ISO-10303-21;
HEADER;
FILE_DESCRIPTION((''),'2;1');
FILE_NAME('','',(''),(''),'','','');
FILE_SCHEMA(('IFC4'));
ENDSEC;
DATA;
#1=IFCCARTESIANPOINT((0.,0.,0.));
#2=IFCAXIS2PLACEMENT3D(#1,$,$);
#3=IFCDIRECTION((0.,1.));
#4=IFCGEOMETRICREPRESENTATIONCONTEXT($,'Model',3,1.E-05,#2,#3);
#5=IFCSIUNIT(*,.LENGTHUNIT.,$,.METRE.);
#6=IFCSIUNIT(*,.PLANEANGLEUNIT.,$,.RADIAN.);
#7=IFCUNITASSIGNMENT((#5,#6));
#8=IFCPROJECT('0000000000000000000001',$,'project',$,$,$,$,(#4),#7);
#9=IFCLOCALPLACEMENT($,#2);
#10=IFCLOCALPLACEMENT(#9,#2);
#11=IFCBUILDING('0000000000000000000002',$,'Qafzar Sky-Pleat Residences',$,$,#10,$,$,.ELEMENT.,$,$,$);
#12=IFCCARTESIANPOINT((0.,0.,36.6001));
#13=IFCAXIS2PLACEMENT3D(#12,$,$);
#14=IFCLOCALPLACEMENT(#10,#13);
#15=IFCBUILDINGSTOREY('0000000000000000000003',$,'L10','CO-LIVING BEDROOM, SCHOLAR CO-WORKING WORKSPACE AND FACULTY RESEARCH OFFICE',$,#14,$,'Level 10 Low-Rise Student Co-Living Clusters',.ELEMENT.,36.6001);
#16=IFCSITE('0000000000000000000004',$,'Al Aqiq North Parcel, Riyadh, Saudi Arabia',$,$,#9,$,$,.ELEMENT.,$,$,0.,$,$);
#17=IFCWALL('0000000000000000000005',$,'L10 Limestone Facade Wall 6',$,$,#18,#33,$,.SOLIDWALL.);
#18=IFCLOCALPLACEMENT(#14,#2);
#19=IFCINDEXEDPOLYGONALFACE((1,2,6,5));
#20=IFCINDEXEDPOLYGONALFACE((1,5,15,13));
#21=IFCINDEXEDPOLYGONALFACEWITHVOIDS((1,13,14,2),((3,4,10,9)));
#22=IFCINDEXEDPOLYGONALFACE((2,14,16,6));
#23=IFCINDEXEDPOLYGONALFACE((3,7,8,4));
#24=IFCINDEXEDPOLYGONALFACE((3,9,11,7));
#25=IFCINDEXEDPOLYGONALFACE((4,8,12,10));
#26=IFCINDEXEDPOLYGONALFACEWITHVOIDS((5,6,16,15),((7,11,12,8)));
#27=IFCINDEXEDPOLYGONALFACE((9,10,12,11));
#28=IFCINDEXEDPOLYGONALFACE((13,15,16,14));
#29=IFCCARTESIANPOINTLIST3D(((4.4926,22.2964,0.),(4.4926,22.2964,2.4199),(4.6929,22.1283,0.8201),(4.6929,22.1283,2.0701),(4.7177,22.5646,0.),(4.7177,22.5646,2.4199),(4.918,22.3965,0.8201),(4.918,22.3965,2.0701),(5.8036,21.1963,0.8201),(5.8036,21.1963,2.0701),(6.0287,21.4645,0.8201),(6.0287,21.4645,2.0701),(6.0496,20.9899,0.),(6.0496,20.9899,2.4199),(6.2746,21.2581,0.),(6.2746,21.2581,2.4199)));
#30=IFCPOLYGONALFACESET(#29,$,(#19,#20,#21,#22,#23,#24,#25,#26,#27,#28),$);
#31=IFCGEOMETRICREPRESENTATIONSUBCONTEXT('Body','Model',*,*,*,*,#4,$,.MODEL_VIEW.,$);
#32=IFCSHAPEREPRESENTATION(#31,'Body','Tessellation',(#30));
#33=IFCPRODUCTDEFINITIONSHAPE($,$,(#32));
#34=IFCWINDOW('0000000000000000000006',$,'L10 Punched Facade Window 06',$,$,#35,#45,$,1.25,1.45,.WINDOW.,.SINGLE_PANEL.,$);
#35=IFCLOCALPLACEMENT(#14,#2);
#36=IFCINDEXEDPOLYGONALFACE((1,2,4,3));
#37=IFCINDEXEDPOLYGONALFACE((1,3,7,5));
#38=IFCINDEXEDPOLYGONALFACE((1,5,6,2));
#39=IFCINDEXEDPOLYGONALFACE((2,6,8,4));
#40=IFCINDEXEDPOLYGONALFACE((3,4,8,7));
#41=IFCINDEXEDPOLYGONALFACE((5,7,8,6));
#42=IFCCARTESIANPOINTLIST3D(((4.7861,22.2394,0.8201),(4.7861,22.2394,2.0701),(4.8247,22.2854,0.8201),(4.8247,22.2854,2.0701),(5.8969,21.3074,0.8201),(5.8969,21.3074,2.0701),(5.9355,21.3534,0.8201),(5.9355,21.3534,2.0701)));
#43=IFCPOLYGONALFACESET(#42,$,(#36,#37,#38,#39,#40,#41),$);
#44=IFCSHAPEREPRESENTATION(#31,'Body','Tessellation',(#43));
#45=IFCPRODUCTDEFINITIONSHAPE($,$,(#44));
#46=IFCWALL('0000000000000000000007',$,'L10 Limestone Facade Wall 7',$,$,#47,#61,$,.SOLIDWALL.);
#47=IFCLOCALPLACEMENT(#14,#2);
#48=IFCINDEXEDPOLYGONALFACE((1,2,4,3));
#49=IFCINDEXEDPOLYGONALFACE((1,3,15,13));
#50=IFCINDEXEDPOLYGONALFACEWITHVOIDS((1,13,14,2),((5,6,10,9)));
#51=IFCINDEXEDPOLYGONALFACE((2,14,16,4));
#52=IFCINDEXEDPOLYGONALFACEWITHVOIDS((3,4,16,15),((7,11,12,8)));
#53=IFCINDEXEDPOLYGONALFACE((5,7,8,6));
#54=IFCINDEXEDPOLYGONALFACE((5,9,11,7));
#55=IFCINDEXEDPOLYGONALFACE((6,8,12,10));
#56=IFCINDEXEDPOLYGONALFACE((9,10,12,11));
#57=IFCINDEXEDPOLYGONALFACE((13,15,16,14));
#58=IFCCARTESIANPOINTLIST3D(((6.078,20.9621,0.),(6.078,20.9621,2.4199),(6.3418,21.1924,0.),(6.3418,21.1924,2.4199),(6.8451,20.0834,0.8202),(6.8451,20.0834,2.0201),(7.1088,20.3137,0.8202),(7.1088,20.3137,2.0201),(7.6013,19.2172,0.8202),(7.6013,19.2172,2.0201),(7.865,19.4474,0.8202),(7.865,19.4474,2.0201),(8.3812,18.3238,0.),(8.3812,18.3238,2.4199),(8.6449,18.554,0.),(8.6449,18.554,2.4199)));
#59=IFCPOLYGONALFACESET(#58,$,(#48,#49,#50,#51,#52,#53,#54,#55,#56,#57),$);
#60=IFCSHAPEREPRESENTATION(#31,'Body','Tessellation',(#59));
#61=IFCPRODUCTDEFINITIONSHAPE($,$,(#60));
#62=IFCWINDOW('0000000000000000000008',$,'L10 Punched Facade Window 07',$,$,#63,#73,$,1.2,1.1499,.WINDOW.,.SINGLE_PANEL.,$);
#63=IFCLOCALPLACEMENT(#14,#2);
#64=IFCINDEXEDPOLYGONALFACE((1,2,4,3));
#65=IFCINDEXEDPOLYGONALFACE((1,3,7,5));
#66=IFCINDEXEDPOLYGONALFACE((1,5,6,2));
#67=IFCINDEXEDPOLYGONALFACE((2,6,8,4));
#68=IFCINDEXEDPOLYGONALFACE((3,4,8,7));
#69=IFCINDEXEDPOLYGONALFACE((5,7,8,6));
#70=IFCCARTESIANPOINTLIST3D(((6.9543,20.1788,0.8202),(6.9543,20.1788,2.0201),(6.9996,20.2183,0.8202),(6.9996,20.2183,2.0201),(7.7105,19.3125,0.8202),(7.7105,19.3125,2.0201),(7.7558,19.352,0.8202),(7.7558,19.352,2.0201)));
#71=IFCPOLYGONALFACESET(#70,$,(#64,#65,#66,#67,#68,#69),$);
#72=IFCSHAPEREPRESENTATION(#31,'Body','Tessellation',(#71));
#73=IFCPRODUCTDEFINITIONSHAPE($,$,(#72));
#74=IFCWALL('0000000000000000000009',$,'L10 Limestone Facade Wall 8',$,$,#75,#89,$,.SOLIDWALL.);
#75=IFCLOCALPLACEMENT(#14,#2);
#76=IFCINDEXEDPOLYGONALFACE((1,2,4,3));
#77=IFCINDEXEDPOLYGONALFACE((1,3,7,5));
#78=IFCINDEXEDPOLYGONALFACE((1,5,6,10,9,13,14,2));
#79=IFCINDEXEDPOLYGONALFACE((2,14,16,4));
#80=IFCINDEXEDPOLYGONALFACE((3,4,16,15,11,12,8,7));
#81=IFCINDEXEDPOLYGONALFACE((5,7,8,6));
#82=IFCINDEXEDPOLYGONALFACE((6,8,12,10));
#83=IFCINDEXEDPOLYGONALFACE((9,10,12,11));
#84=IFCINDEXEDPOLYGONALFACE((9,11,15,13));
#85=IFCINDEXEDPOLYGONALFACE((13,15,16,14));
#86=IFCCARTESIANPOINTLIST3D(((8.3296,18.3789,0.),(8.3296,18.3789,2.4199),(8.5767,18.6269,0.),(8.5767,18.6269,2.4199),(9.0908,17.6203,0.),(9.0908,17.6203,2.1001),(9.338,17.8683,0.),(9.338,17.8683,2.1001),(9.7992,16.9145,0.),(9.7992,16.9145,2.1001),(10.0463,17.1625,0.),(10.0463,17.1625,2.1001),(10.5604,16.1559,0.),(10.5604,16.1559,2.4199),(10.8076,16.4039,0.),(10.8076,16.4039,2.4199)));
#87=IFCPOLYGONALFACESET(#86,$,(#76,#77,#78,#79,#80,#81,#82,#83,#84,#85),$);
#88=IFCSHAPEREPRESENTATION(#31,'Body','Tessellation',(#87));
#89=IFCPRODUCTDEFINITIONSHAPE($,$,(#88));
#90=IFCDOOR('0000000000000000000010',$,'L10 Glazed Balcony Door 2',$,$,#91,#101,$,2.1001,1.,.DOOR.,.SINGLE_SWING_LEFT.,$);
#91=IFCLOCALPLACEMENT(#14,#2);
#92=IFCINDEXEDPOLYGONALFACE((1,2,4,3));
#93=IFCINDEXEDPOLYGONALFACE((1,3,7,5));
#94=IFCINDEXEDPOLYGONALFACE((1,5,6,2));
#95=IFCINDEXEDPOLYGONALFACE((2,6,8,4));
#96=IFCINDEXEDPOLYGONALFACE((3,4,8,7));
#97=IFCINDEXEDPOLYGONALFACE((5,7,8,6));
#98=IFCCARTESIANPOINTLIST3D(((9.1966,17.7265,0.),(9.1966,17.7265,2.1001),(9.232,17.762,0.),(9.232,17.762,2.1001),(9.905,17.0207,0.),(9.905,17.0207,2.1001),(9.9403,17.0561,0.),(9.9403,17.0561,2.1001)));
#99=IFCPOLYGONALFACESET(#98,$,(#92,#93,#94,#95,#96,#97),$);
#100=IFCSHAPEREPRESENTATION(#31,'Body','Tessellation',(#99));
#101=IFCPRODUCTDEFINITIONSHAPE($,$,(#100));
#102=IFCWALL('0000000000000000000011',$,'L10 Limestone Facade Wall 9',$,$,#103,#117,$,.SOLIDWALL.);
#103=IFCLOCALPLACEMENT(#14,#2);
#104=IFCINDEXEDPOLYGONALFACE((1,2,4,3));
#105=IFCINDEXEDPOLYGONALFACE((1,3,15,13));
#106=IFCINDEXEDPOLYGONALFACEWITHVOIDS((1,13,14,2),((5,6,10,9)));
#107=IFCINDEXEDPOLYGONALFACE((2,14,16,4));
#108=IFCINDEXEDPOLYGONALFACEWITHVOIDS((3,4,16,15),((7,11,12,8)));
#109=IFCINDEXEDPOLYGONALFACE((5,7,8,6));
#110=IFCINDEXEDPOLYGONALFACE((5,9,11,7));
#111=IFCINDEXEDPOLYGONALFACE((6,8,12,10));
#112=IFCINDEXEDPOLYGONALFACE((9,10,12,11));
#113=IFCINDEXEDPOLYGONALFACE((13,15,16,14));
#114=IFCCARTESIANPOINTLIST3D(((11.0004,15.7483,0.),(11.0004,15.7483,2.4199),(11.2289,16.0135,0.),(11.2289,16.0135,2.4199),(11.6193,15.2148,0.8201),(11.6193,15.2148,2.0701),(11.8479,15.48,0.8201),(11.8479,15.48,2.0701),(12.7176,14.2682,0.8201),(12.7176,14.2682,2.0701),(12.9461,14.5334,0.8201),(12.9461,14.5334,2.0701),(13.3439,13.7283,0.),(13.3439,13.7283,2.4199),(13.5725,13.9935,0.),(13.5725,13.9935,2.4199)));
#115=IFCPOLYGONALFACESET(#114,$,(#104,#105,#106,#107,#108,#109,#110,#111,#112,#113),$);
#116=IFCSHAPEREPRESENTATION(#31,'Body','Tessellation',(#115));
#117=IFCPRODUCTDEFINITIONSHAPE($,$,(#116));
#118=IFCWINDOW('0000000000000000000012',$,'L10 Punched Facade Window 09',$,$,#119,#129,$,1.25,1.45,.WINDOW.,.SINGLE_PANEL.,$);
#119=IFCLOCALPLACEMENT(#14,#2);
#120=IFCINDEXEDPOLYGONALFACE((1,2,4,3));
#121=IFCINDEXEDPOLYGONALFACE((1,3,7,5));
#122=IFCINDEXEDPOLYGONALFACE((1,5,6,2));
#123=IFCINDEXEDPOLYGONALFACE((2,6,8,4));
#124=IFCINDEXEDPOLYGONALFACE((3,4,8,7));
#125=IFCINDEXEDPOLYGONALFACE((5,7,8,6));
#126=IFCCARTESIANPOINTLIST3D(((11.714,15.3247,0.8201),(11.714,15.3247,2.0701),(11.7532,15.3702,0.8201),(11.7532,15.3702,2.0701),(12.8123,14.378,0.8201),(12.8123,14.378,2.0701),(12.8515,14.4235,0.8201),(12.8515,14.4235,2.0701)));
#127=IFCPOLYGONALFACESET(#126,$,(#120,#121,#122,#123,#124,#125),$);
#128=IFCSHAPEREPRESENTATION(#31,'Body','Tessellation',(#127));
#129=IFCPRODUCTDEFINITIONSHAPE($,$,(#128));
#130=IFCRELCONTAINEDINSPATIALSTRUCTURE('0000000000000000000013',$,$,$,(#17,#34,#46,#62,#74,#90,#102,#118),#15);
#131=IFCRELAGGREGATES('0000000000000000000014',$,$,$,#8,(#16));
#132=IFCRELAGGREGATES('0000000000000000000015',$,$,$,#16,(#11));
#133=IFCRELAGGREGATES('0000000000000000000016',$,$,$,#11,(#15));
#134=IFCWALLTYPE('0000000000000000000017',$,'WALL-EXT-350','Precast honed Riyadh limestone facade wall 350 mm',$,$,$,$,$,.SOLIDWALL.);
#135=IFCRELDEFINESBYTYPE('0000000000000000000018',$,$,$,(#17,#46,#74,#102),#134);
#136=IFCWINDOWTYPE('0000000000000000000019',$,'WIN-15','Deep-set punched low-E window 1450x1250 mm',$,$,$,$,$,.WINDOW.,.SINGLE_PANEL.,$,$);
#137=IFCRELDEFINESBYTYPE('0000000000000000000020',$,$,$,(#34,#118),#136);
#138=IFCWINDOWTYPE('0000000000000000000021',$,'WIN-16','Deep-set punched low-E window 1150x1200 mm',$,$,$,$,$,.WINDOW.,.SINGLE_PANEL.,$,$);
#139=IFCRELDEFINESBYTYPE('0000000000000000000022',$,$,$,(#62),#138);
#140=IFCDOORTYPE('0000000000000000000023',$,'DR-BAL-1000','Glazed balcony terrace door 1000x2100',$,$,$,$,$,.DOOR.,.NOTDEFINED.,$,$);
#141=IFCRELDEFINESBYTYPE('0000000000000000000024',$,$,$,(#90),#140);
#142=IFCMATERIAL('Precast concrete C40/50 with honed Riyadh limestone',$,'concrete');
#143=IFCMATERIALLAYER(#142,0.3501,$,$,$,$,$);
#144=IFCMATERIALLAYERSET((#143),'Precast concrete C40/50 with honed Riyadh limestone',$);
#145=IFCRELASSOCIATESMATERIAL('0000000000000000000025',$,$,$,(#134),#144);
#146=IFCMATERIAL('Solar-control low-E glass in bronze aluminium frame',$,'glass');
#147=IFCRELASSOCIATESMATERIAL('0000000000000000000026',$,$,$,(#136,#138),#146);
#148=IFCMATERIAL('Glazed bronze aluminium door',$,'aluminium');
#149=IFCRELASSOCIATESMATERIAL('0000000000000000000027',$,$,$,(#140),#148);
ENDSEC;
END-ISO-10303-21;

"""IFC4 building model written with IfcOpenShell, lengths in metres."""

from ifc_helpers import new_model, si_unit, direction, frame, frame_2d, origin, place, context, subcontext, project, spatial, rectangle, extrude, source, transform, mapped, material, layer, layer_set, type_object, element, fill, save


model = new_model("IFC4")

# Units and contexts
model_context = context("Model", 3, precision=1e-05, world=origin(), true_north=direction((0.0, 1.0)))
body_context = subcontext(model_context, "Body", "Model", "MODEL_VIEW")
ifc_project = project(units=[si_unit("LENGTHUNIT", "METRE"), si_unit("PLANEANGLEUNIT", "RADIAN")], contexts=[model_context])

# Site, building, storey
site_placement = place(None, origin())
site = spatial("IfcSite", under=ifc_project, at=site_placement, Name="Al Aqiq North Parcel, Riyadh, Saudi Arabia", CompositionType="ELEMENT", RefElevation=0.0)
building_placement = place(site_placement, origin())
building = spatial("IfcBuilding", under=site, at=building_placement, Name="Qafzar Sky-Pleat Residences", CompositionType="ELEMENT")
storey_placement = place(building_placement, frame((0.0, 0.0, 36.6001)))
storey = spatial("IfcBuildingStorey", under=building, at=storey_placement, Name="L10", Description="CO-LIVING BEDROOM, SCHOLAR CO-WORKING WORKSPACE AND FACULTY RESEARCH OFFICE", LongName="Level 10 Low-Rise Student Co-Living Clusters", CompositionType="ELEMENT", Elevation=36.6001)

# Walls, openings, windows
ifc_material_1 = material(Name="Precast concrete C40/50 with honed Riyadh limestone", Category="concrete")
ifc_layer_1 = layer(ifc_material_1, 0.3501)
ifc_layer_set_1 = layer_set([ifc_layer_1], Name="Precast concrete C40/50 with honed Riyadh limestone")
wall_type_1 = type_object("IfcWallType", Name="WALL-EXT-350", Description="Precast honed Riyadh limestone facade wall 350 mm", PredefinedType="SOLIDWALL", material=ifc_layer_set_1)
ifc_material_2 = material(Name="Solar-control low-E glass in bronze aluminium frame", Category="glass")
window_type_1 = type_object("IfcWindowType", Name="WIN-15", Description="Deep-set punched low-E window 1450x1250 mm", PartitioningType="SINGLE_PANEL", PredefinedType="WINDOW", material=ifc_material_2)
shared_shape_1 = source(origin(), body_context, "Body", "SweptSolid", [
    extrude(rectangle(XDim=1.45, YDim=1.25, at=frame_2d((0.7251, 0.625))), frame((0.0, 0.03, 0.0), z_axis=(0.0, -1.0, 0.0), x_axis=(1.0, 0.0, 0.0)), (0.0, 0.0, 1.0), 0.0601),
])
wall_1_placement = place(storey_placement, frame((4.6052, 22.4304, 0.0), z_axis=(0.0, 0.0, 1.0), x_axis=(0.766041, -0.642792, 0.0)))
wall_1 = element("IfcWall", 1, at=wall_1_placement, inside=storey, type_object=wall_type_1, Name="L10 Limestone Facade Wall 6", PredefinedType="SOLIDWALL", context=body_context, shape_type="SweptSolid", body=[
    extrude(rectangle(XDim=2.0325, YDim=0.3501, at=frame_2d((1.0161, 0.0))), origin(), (0.0, 0.0, 1.0), 2.4199),
])
opening_1_placement = place(wall_1_placement, frame((0.2612, 0.0, 0.8201)))
opening_1 = element("IfcOpeningElement", 2, at=opening_1_placement, cuts=wall_1, PredefinedType="OPENING", context=body_context, shape_type="SweptSolid", body=[
    extrude(rectangle(XDim=1.45, YDim=1.25, at=frame_2d((0.7251, 0.625))), frame((0.0, 0.1851, 0.0), z_axis=(0.0, -1.0, 0.0), x_axis=(1.0, 0.0, 0.0)), (0.0, 0.0, 1.0), 0.3701),
])
window_1_placement = place(opening_1_placement, origin())
window_1 = element("IfcWindow", 3, at=window_1_placement, inside=storey, type_object=window_type_1, Name="L10 Punched Facade Window 06", OverallHeight=1.25, OverallWidth=1.45, PartitioningType="SINGLE_PANEL", PredefinedType="WINDOW", context=body_context, shape_type="MappedRepresentation", body=[
    mapped(shared_shape_1, transform((0.0, 0.0, 0.0), x_axis=(1.0, 0.0, 0.0), y_axis=(0.0, 1.0, 0.0), z_axis=(0.0, 0.0, 1.0), scale=1.0)),
])
fill(opening_1, window_1)
wall_2_placement = place(storey_placement, frame((6.21, 21.0771, 0.0), z_axis=(0.0, 0.0, 1.0), x_axis=(0.657631, -0.753341, 0.0)))
wall_2 = element("IfcWall", 4, at=wall_2_placement, inside=storey, type_object=wall_type_1, Name="L10 Limestone Facade Wall 7", PredefinedType="SOLIDWALL", context=body_context, shape_type="SweptSolid", body=[
    extrude(rectangle(XDim=3.5022, YDim=0.3501, at=frame_2d((1.751, 0.0))), origin(), (0.0, 0.0, 1.0), 2.4199),
])
opening_2_placement = place(wall_2_placement, frame((1.1663, 0.0, 0.8201)))
opening_2 = element("IfcOpeningElement", 5, at=opening_2_placement, cuts=wall_2, PredefinedType="OPENING", context=body_context, shape_type="SweptSolid", body=[
    extrude(rectangle(XDim=1.1499, YDim=1.2, at=frame_2d((0.575, 0.6001))), frame((0.0, 0.1851, 0.0), z_axis=(0.0, -1.0, 0.0), x_axis=(1.0, 0.0, 0.0)), (0.0, 0.0, 1.0), 0.3701),
])
window_type_2 = type_object("IfcWindowType", Name="WIN-16", Description="Deep-set punched low-E window 1150x1200 mm", PartitioningType="SINGLE_PANEL", PredefinedType="WINDOW", material=ifc_material_2)
shared_shape_2 = source(origin(), body_context, "Body", "SweptSolid", [
    extrude(rectangle(XDim=1.1499, YDim=1.2, at=frame_2d((0.575, 0.6001))), frame((0.0, 0.03, 0.0), z_axis=(0.0, -1.0, 0.0), x_axis=(1.0, 0.0, 0.0)), (0.0, 0.0, 1.0), 0.0601),
])
window_2_placement = place(opening_2_placement, origin())
window_2 = element("IfcWindow", 6, at=window_2_placement, inside=storey, type_object=window_type_2, Name="L10 Punched Facade Window 07", OverallHeight=1.2, OverallWidth=1.1499, PartitioningType="SINGLE_PANEL", PredefinedType="WINDOW", context=body_context, shape_type="MappedRepresentation", body=[
    mapped(shared_shape_2, transform((0.0, 0.0, 0.0), x_axis=(1.0, 0.0, 0.0), y_axis=(0.0, 1.0, 0.0), z_axis=(0.0, 0.0, 1.0), scale=1.0)),
])
fill(opening_2, window_2)

# Wall, opening, door
wall_3_placement = place(storey_placement, frame((8.4531, 18.5029, 0.0), z_axis=(0.0, 0.0, 1.0), x_axis=(0.708346, -0.705865, 0.0)))
wall_3 = element("IfcWall", 7, at=wall_3_placement, inside=storey, type_object=wall_type_1, Name="L10 Limestone Facade Wall 8", PredefinedType="SOLIDWALL", context=body_context, shape_type="SweptSolid", body=[
    extrude(rectangle(XDim=3.1494, YDim=0.3501, at=frame_2d((1.5747, 0.0))), origin(), (0.0, 0.0, 1.0), 2.4199),
])
opening_3_placement = place(wall_3_placement, frame((1.0747, 0.0, 0.0)))
opening_3 = element("IfcOpeningElement", 8, at=opening_3_placement, cuts=wall_3, PredefinedType="OPENING", context=body_context, shape_type="SweptSolid", body=[
    extrude(rectangle(XDim=1.0, YDim=2.1001, at=frame_2d((0.5, 1.05))), frame((0.0, 0.1851, 0.0), z_axis=(0.0, -1.0, 0.0), x_axis=(1.0, 0.0, 0.0)), (0.0, 0.0, 1.0), 0.3701),
])
ifc_material_3 = material(Name="Glazed bronze aluminium door", Category="aluminium")
door_type = type_object("IfcDoorType", Name="DR-BAL-1000", Description="Glazed balcony terrace door 1000x2100", OperationType="NOTDEFINED", PredefinedType="DOOR", material=ifc_material_3)
shared_shape_3 = source(origin(), body_context, "Body", "SweptSolid", [
    extrude(rectangle(XDim=1.0, YDim=2.1001, at=frame_2d((0.5, 1.05))), frame((0.0, 0.0249, 0.0), z_axis=(0.0, -1.0, 0.0), x_axis=(1.0, 0.0, 0.0)), (0.0, 0.0, 1.0), 0.05),
])
door_placement = place(opening_3_placement, origin())
door = element("IfcDoor", 9, at=door_placement, inside=storey, type_object=door_type, Name="L10 Glazed Balcony Door 2", OperationType="SINGLE_SWING_LEFT", OverallHeight=2.1001, OverallWidth=1.0, PredefinedType="DOOR", context=body_context, shape_type="MappedRepresentation", body=[
    mapped(shared_shape_3, transform((0.0, 0.0, 0.0), x_axis=(1.0, 0.0, 0.0), y_axis=(0.0, 1.0, 0.0), z_axis=(0.0, 0.0, 1.0), scale=1.0)),
])
fill(opening_3, door)

# Wall, opening, window
wall_4_placement = place(storey_placement, frame((11.1147, 15.8809, 0.0), z_axis=(0.0, 0.0, 1.0), x_axis=(0.757449, -0.652894, 0.0)))
wall_4 = element("IfcWall", 10, at=wall_4_placement, inside=storey, type_object=wall_type_1, Name="L10 Limestone Facade Wall 9", PredefinedType="SOLIDWALL", context=body_context, shape_type="SweptSolid", body=[
    extrude(rectangle(XDim=3.094, YDim=0.3501, at=frame_2d((1.5469, 0.0))), origin(), (0.0, 0.0, 1.0), 2.4199),
])
opening_4_placement = place(wall_4_placement, frame((0.8169, 0.0, 0.8201)))
opening_4 = element("IfcOpeningElement", 11, at=opening_4_placement, cuts=wall_4, PredefinedType="OPENING", context=body_context, shape_type="SweptSolid", body=[
    extrude(rectangle(XDim=1.45, YDim=1.25, at=frame_2d((0.7251, 0.625))), frame((0.0, 0.1851, 0.0), z_axis=(0.0, -1.0, 0.0), x_axis=(1.0, 0.0, 0.0)), (0.0, 0.0, 1.0), 0.3701),
])
window_3_placement = place(opening_4_placement, origin())
window_3 = element("IfcWindow", 12, at=window_3_placement, inside=storey, type_object=window_type_1, Name="L10 Punched Facade Window 09", OverallHeight=1.25, OverallWidth=1.45, PartitioningType="SINGLE_PANEL", PredefinedType="WINDOW", context=body_context, shape_type="MappedRepresentation", body=[
    mapped(shared_shape_1, transform((0.0, 0.0, 0.0), x_axis=(1.0, 0.0, 0.0), y_axis=(0.0, 1.0, 0.0), z_axis=(0.0, 0.0, 1.0), scale=1.0)),
])
fill(opening_4, window_3)

save(model, "model.ifc")
